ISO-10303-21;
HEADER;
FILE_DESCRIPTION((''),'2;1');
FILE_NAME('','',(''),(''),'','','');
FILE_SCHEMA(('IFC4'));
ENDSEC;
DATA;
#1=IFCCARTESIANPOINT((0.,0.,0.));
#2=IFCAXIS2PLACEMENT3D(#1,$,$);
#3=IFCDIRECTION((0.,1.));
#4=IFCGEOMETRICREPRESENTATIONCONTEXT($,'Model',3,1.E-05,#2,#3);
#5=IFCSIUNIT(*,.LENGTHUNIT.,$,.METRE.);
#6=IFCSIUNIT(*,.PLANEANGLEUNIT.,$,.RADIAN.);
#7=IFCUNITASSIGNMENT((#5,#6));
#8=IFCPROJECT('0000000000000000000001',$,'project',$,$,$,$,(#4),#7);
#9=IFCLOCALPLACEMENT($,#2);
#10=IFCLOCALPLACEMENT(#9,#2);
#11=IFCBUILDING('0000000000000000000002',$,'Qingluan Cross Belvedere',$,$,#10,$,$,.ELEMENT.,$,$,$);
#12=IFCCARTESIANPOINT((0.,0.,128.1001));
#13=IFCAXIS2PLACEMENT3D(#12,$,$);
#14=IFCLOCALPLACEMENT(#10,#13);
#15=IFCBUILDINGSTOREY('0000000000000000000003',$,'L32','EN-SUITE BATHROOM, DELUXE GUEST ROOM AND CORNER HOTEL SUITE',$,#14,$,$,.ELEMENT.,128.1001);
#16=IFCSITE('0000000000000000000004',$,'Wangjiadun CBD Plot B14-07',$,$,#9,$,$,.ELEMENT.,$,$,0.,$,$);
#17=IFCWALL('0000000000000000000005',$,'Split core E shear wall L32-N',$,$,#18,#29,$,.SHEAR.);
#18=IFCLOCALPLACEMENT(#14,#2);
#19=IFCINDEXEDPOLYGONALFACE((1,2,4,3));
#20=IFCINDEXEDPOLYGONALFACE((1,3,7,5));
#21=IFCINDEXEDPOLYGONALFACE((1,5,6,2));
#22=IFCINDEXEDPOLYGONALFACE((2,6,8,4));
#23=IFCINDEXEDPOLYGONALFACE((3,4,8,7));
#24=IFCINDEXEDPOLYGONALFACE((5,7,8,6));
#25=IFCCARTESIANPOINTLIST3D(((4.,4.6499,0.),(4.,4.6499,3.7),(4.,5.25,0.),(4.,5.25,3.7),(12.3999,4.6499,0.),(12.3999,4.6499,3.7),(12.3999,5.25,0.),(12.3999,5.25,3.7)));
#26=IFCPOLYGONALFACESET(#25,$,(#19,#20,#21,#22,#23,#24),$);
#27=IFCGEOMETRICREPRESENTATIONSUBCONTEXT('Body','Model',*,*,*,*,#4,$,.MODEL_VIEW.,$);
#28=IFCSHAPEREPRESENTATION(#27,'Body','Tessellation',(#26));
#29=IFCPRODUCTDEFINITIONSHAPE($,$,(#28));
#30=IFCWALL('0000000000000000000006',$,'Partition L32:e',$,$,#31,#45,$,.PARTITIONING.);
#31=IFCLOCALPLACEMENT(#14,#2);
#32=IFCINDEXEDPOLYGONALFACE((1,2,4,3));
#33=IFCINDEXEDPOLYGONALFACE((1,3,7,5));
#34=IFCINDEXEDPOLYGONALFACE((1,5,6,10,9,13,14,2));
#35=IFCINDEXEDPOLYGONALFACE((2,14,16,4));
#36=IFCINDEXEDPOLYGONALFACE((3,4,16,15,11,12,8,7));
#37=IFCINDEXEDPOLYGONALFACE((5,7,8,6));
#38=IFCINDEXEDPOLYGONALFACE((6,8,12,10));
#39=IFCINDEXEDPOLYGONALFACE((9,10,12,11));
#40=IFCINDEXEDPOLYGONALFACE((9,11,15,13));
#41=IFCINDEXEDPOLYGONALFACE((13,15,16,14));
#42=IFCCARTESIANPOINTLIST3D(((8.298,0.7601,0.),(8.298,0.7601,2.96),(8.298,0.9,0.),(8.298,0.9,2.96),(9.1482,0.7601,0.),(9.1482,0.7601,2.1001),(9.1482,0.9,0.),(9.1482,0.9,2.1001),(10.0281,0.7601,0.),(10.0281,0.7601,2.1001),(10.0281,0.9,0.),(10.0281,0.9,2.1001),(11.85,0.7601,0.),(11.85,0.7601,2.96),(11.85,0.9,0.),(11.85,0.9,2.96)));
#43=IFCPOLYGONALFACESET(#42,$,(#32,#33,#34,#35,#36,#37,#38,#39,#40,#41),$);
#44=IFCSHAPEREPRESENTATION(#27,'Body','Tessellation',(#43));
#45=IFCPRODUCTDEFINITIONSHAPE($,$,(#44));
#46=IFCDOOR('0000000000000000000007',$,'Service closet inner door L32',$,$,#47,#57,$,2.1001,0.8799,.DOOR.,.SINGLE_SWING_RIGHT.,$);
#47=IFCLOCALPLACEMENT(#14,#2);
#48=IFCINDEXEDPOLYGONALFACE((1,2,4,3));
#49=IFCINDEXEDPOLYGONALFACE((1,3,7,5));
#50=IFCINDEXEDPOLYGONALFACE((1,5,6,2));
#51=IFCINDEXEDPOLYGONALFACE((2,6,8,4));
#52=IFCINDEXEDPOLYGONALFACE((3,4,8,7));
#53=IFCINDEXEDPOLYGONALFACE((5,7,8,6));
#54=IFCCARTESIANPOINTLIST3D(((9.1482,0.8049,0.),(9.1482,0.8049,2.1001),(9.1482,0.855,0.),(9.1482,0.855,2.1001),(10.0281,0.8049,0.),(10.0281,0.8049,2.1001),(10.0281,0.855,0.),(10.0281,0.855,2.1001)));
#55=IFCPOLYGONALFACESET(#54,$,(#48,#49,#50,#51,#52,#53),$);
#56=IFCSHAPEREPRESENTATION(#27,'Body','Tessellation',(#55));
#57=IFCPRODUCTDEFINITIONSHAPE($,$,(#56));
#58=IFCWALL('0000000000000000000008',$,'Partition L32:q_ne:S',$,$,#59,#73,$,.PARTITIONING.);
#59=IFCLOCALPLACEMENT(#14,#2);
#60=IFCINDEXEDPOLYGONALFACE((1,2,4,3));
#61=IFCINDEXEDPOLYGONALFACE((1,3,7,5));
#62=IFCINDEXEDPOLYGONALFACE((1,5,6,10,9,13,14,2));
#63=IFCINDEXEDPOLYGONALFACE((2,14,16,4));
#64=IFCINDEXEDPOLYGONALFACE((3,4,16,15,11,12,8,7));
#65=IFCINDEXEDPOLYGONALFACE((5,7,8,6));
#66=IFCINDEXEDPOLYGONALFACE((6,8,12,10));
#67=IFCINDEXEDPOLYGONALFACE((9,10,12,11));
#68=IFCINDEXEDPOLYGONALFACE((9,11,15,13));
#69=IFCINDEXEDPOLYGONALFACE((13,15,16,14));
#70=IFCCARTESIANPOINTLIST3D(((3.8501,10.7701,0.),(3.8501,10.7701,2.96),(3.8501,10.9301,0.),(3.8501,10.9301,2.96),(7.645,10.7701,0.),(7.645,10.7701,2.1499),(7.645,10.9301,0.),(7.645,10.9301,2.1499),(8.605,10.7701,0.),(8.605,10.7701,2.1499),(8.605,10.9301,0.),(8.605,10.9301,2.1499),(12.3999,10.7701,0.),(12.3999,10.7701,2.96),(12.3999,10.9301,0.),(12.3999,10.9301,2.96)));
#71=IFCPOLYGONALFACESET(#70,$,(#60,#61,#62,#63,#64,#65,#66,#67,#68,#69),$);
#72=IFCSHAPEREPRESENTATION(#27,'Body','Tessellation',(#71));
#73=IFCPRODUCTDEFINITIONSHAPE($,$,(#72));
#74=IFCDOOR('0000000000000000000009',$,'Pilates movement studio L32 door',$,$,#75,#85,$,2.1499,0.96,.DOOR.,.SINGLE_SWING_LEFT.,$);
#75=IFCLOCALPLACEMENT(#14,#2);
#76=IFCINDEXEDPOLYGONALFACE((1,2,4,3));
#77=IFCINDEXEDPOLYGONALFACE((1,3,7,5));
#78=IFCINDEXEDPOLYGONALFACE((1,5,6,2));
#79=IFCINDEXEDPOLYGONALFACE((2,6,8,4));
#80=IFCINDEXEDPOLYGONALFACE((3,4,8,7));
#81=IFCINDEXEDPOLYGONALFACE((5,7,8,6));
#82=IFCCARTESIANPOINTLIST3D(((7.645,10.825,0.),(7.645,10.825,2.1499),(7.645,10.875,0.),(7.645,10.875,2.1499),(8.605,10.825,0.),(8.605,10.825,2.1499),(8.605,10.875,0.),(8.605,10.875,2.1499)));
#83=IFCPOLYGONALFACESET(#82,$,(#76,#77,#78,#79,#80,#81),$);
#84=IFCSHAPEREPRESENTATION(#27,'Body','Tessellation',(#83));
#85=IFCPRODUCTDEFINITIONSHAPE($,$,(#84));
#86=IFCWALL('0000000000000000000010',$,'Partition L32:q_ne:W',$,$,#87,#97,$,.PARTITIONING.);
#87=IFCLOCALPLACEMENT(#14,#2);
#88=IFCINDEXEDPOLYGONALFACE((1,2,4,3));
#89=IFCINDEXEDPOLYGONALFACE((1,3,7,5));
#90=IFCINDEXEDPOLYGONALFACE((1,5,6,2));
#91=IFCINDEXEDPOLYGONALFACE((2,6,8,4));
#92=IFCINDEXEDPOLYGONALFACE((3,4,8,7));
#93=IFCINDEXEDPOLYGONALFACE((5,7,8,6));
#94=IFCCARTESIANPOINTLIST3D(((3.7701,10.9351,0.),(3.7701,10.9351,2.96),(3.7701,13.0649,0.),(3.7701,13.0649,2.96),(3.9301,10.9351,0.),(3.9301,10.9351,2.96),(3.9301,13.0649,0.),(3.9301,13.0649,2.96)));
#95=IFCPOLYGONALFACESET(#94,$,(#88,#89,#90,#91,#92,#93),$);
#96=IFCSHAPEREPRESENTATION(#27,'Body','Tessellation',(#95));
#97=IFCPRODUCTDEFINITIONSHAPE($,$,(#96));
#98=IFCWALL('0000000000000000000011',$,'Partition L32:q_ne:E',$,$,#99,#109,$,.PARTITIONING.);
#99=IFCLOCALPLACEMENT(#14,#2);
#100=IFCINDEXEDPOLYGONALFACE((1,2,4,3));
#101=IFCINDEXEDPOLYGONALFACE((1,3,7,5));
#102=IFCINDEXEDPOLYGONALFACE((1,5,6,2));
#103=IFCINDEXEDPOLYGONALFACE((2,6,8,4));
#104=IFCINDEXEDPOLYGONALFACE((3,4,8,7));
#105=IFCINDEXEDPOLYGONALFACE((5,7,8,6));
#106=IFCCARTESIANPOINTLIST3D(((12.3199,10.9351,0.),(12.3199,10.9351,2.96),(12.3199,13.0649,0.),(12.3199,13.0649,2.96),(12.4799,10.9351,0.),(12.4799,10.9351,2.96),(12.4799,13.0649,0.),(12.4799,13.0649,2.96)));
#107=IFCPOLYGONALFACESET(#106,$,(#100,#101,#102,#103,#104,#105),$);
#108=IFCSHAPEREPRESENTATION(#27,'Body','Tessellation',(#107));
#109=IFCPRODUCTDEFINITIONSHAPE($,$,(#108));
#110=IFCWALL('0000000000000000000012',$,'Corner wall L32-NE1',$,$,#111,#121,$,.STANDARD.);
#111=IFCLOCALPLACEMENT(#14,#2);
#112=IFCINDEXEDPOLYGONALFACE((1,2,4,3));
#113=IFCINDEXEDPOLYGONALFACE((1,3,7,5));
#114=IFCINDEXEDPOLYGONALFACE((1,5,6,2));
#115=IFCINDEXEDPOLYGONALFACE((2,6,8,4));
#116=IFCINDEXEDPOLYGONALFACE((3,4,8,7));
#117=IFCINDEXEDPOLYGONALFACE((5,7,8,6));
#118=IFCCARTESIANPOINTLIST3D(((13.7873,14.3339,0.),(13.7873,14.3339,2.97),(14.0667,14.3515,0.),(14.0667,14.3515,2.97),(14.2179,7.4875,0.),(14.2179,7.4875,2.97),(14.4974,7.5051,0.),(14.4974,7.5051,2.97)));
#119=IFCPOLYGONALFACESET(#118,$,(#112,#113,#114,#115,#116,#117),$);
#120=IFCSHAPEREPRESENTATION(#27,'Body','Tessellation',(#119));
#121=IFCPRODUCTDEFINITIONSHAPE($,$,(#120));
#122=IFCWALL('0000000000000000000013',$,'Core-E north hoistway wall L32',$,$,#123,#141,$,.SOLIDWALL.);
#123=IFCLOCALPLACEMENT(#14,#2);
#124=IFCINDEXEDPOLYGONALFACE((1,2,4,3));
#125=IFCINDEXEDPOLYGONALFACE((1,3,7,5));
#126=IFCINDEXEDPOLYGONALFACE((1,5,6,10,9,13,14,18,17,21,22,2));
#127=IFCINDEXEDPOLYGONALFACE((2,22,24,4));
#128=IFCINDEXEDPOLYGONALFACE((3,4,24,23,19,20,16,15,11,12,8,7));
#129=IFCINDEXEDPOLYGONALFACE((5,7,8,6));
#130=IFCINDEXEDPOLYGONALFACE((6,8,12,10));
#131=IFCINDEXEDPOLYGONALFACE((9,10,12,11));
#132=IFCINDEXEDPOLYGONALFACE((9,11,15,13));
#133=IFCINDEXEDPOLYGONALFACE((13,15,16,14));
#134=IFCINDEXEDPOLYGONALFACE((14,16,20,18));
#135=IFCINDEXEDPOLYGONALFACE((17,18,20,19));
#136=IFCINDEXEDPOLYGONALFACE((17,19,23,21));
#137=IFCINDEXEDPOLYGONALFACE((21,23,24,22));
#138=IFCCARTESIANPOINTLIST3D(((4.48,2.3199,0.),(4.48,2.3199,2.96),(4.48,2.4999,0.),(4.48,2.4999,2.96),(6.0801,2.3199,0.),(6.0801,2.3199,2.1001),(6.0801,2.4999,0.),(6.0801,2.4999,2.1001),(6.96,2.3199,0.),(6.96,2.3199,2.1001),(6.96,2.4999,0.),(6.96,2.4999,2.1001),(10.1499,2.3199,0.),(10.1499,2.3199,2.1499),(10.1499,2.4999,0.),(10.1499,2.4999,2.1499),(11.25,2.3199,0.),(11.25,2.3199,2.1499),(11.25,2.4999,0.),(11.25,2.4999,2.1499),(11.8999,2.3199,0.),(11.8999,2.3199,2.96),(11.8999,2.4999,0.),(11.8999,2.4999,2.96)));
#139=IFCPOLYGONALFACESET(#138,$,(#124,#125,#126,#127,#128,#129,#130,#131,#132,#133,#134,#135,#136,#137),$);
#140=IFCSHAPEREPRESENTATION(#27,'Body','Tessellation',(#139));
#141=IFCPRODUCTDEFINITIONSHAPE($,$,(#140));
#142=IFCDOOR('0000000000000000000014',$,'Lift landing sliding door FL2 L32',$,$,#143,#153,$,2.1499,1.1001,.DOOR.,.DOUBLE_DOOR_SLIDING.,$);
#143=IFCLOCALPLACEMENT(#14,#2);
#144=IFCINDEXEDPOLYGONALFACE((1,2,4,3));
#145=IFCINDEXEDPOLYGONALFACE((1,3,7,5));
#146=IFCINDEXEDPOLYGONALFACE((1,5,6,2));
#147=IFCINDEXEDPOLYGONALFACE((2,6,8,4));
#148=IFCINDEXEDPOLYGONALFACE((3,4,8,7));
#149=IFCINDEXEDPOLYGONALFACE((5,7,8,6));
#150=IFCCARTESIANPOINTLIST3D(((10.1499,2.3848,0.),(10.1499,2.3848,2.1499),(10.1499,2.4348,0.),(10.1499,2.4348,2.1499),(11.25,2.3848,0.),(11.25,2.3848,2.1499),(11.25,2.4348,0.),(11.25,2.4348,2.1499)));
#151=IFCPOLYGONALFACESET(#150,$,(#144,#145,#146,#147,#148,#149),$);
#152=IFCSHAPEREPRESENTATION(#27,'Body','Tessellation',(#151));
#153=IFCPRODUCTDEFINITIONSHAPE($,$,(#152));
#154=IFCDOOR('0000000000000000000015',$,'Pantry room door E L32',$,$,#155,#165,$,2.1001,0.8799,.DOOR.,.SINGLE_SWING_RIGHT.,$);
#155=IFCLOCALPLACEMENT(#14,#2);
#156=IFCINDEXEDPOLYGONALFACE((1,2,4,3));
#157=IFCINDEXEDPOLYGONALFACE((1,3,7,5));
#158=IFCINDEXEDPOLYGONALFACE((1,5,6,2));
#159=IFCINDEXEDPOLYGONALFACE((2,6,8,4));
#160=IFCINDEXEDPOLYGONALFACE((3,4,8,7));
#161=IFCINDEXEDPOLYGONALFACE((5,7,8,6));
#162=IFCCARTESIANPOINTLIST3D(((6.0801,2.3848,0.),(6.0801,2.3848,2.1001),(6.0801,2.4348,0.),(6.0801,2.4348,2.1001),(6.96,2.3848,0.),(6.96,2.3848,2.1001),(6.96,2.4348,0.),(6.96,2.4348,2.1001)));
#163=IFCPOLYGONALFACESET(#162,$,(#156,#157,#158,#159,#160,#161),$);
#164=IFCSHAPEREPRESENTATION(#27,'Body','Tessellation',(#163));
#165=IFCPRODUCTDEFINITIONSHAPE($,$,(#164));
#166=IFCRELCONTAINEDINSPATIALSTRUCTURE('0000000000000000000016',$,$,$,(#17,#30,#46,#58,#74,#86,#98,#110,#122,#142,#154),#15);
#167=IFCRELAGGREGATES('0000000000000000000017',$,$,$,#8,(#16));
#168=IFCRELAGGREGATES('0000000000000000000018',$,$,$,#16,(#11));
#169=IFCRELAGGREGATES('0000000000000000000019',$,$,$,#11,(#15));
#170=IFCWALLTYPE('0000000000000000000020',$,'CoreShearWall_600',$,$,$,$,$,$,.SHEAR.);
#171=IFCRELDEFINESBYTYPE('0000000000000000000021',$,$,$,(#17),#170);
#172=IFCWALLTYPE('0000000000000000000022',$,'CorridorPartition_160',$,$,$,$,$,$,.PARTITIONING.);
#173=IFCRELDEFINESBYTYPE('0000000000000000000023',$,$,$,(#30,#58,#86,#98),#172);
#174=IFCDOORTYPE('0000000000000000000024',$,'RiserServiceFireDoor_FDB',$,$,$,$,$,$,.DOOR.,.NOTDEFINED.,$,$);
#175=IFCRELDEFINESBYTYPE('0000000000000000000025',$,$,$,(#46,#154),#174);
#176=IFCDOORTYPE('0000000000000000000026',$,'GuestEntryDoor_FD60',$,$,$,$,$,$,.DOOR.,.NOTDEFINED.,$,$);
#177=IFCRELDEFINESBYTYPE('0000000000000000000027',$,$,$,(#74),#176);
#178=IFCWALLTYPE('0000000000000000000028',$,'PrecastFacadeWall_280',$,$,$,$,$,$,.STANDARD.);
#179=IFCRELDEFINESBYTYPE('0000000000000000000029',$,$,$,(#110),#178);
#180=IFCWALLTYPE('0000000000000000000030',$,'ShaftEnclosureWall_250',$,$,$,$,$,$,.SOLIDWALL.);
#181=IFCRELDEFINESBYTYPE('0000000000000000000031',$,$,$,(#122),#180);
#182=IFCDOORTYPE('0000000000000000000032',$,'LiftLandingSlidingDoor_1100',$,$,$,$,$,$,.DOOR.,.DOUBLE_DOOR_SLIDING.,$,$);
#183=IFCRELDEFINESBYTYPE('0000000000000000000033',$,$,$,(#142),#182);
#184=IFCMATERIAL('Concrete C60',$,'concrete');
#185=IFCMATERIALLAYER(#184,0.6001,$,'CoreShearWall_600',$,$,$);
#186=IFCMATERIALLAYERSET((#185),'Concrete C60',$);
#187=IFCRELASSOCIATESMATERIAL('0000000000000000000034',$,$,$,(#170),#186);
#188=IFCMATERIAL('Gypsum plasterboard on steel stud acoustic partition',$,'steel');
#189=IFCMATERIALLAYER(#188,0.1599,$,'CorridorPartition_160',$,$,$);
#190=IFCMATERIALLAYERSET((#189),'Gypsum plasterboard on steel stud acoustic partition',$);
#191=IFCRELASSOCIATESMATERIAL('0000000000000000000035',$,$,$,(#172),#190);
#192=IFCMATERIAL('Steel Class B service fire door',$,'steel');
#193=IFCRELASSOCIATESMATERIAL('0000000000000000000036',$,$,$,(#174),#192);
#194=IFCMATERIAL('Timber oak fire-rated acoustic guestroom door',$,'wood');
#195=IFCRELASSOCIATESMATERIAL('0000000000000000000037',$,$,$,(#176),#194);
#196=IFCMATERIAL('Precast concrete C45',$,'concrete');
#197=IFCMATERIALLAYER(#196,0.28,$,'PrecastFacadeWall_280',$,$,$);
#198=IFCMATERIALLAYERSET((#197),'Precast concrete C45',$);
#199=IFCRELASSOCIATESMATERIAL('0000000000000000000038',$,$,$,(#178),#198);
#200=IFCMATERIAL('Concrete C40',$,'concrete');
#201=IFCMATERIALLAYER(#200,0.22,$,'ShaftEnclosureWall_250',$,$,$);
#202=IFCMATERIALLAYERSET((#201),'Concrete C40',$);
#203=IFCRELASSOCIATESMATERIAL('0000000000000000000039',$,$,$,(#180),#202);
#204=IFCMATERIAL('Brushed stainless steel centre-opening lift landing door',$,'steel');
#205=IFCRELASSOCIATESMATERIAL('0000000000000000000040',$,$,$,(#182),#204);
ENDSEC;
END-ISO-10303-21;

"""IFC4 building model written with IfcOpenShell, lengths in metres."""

from ifc_helpers import new_model, si_unit, direction, frame, frame_2d, origin, place, context, subcontext, project, spatial, rectangle, extrude, material, layer, layer_set, type_object, element, fill, save


model = new_model("IFC4")

# Units and contexts
model_context = context("Model", 3, precision=1e-05, world=origin(), true_north=direction((0.0, 1.0)))
body_context = subcontext(model_context, "Body", "Model", "MODEL_VIEW")
ifc_project = project(units=[si_unit("LENGTHUNIT", "METRE"), si_unit("PLANEANGLEUNIT", "RADIAN")], contexts=[model_context])

# Site, building, storey
site_placement = place(None, origin())
site = spatial("IfcSite", under=ifc_project, at=site_placement, Name="Wangjiadun CBD Plot B14-07", CompositionType="ELEMENT", RefElevation=0.0)
building_placement = place(site_placement, origin())
building = spatial("IfcBuilding", under=site, at=building_placement, Name="Qingluan Cross Belvedere", CompositionType="ELEMENT")
storey_placement = place(building_placement, frame((0.0, 0.0, 128.1001)))
storey = spatial("IfcBuildingStorey", under=building, at=storey_placement, Name="L32", Description="EN-SUITE BATHROOM, DELUXE GUEST ROOM AND CORNER HOTEL SUITE", CompositionType="ELEMENT", Elevation=128.1001)

# Wall
ifc_material_1 = material(Name="Concrete C60", Category="concrete")
ifc_layer_1 = layer(ifc_material_1, 0.6001, Name="CoreShearWall_600")
ifc_layer_set_1 = layer_set([ifc_layer_1], Name="Concrete C60")
wall_type_1 = type_object("IfcWallType", Name="CoreShearWall_600", PredefinedType="SHEAR", material=ifc_layer_set_1)
wall_1_placement = place(storey_placement, frame((4.0, 4.95, 0.0), z_axis=(0.0, 0.0, 1.0), x_axis=(1.0, 0.0, 0.0)))
element("IfcWall", 1, at=wall_1_placement, inside=storey, type_object=wall_type_1, Name="Split core E shear wall L32-N", PredefinedType="SHEAR", context=body_context, shape_type="SweptSolid", body=[
    extrude(rectangle(XDim=8.3999, YDim=0.6001, at=frame_2d((4.2, 0.0))), origin(), (0.0, 0.0, 1.0), 3.7),
])

# Walls, openings, doors
ifc_material_2 = material(Name="Gypsum plasterboard on steel stud acoustic partition", Category="steel")
ifc_layer_2 = layer(ifc_material_2, 0.1599, Name="CorridorPartition_160")
ifc_layer_set_2 = layer_set([ifc_layer_2], Name="Gypsum plasterboard on steel stud acoustic partition")
wall_type_2 = type_object("IfcWallType", Name="CorridorPartition_160", PredefinedType="PARTITIONING", material=ifc_layer_set_2)
wall_2_placement = place(storey_placement, frame((8.2981, 0.8301, 0.0), z_axis=(0.0, 0.0, 1.0), x_axis=(1.0, 0.0, 0.0)))
wall_2 = element("IfcWall", 2, at=wall_2_placement, inside=storey, type_object=wall_type_2, Name="Partition L32:e", PredefinedType="PARTITIONING", context=body_context, shape_type="SweptSolid", body=[
    extrude(rectangle(XDim=3.552, YDim=0.1399, at=frame_2d((1.7759, 0.0))), origin(), (0.0, 0.0, 1.0), 2.96),
])
opening_1_placement = place(wall_2_placement, frame((0.8501, 0.0, 0.0)))
opening_1 = element("IfcOpeningElement", 3, at=opening_1_placement, cuts=wall_2, PredefinedType="OPENING", context=body_context, shape_type="SweptSolid", body=[
    extrude(rectangle(XDim=0.8799, YDim=2.1001, at=frame_2d((0.4399, 1.05))), frame((0.0, 0.0798, 0.0), z_axis=(0.0, -1.0, 0.0), x_axis=(1.0, 0.0, 0.0)), (0.0, 0.0, 1.0), 0.1599),
])
ifc_material_3 = material(Name="Steel Class B service fire door", Category="steel")
door_type_1 = type_object("IfcDoorType", Name="RiserServiceFireDoor_FDB", OperationType="NOTDEFINED", PredefinedType="DOOR", material=ifc_material_3)
door_1_placement = place(opening_1_placement, origin())
door_1 = element("IfcDoor", 4, at=door_1_placement, inside=storey, type_object=door_type_1, Name="Service closet inner door L32", OperationType="SINGLE_SWING_RIGHT", OverallHeight=2.1001, OverallWidth=0.8799, PredefinedType="DOOR", context=body_context, shape_type="SweptSolid", body=[
    extrude(rectangle(XDim=0.8799, YDim=2.1001, at=frame_2d((0.4399, 1.05))), frame((0.0, 0.0249, 0.0), z_axis=(0.0, -1.0, 0.0), x_axis=(1.0, 0.0, 0.0)), (0.0, 0.0, 1.0), 0.05),
])
fill(opening_1, door_1)
wall_3_placement = place(storey_placement, frame((3.8501, 10.8501, 0.0), z_axis=(0.0, 0.0, 1.0), x_axis=(1.0, 0.0, 0.0)))
wall_3 = element("IfcWall", 5, at=wall_3_placement, inside=storey, type_object=wall_type_2, Name="Partition L32:q_ne:S", PredefinedType="PARTITIONING", context=body_context, shape_type="SweptSolid", body=[
    extrude(rectangle(XDim=8.5498, YDim=0.1599, at=frame_2d((4.2749, 0.0))), origin(), (0.0, 0.0, 1.0), 2.96),
])
opening_2_placement = place(wall_3_placement, frame((3.7949, 0.0, 0.0)))
opening_2 = element("IfcOpeningElement", 6, at=opening_2_placement, cuts=wall_3, PredefinedType="OPENING", context=body_context, shape_type="SweptSolid", body=[
    extrude(rectangle(XDim=0.96, YDim=2.1499, at=frame_2d((0.48, 1.075))), frame((0.0, 0.0898, 0.0), z_axis=(0.0, -1.0, 0.0), x_axis=(1.0, 0.0, 0.0)), (0.0, 0.0, 1.0), 0.1799),
])
ifc_material_4 = material(Name="Timber oak fire-rated acoustic guestroom door", Category="wood")
door_type_2 = type_object("IfcDoorType", Name="GuestEntryDoor_FD60", OperationType="NOTDEFINED", PredefinedType="DOOR", material=ifc_material_4)
door_2_placement = place(opening_2_placement, origin())
door_2 = element("IfcDoor", 7, at=door_2_placement, inside=storey, type_object=door_type_2, Name="Pilates movement studio L32 door", OperationType="SINGLE_SWING_LEFT", OverallHeight=2.1499, OverallWidth=0.96, PredefinedType="DOOR", context=body_context, shape_type="SweptSolid", body=[
    extrude(rectangle(XDim=0.96, YDim=2.1499, at=frame_2d((0.48, 1.075))), frame((0.0, 0.0249, 0.0), z_axis=(0.0, -1.0, 0.0), x_axis=(1.0, 0.0, 0.0)), (0.0, 0.0, 1.0), 0.05),
])
fill(opening_2, door_2)

# Walls
for number, where, z_axis, x_axis, name in (
    (8, (3.8501, 10.9351, 0.0), (0.0, 0.0, 1.0), (0.0, 1.0, 0.0), "Partition L32:q_ne:W"),
    (9, (12.3999, 10.9351, 0.0), (0.0, 0.0, 1.0), (0.0, 1.0, 0.0), "Partition L32:q_ne:E"),
):
    element("IfcWall", number, at=place(storey_placement, frame(where, z_axis=z_axis, x_axis=x_axis)), inside=storey, type_object=wall_type_2, Name=name, PredefinedType="PARTITIONING", context=body_context, shape_type="SweptSolid", body=[
        extrude(rectangle(XDim=2.1299, YDim=0.1599, at=frame_2d((1.0649, 0.0))), origin(), (0.0, 0.0, 1.0), 2.96),
    ])
ifc_material_5 = material(Name="Precast concrete C45", Category="concrete")
ifc_layer_3 = layer(ifc_material_5, 0.28, Name="PrecastFacadeWall_280")
ifc_layer_set_3 = layer_set([ifc_layer_3], Name="Precast concrete C45")
wall_type_3 = type_object("IfcWallType", Name="PrecastFacadeWall_280", PredefinedType="STANDARD", material=ifc_layer_set_3)
wall_4_placement = place(storey_placement, frame((14.3577, 7.4963, 0.0), z_axis=(0.0, 0.0, 1.0), x_axis=(-0.062779, 0.998027, 0.0)))
element("IfcWall", 10, at=wall_4_placement, inside=storey, type_object=wall_type_3, Name="Corner wall L32-NE1", PredefinedType="STANDARD", context=body_context, shape_type="SweptSolid", body=[
    extrude(rectangle(XDim=6.8599, YDim=0.28, at=frame_2d((3.4299, 0.0))), origin(), (0.0, 0.0, 1.0), 2.97),
])

# Wall, openings, doors
ifc_material_6 = material(Name="Concrete C40", Category="concrete")
ifc_layer_4 = layer(ifc_material_6, 0.22, Name="ShaftEnclosureWall_250")
ifc_layer_set_4 = layer_set([ifc_layer_4], Name="Concrete C40")
wall_type_4 = type_object("IfcWallType", Name="ShaftEnclosureWall_250", PredefinedType="SOLIDWALL", material=ifc_layer_set_4)
wall_5_placement = place(storey_placement, frame((4.48, 2.4099, 0.0), z_axis=(0.0, 0.0, 1.0), x_axis=(1.0, 0.0, 0.0)))
wall_5 = element("IfcWall", 11, at=wall_5_placement, inside=storey, type_object=wall_type_4, Name="Core-E north hoistway wall L32", PredefinedType="SOLIDWALL", context=body_context, shape_type="SweptSolid", body=[
    extrude(rectangle(XDim=7.4199, YDim=0.1799, at=frame_2d((3.71, 0.0))), origin(), (0.0, 0.0, 1.0), 2.96),
])
opening_3_placement = place(wall_5_placement, frame((5.6699, 0.0, 0.0)))
opening_3 = element("IfcOpeningElement", 12, at=opening_3_placement, cuts=wall_5, PredefinedType="OPENING", context=body_context, shape_type="SweptSolid", body=[
    extrude(rectangle(XDim=1.1001, YDim=2.1499, at=frame_2d((0.55, 1.075))), frame((0.0, 0.0999, 0.0), z_axis=(0.0, -1.0, 0.0), x_axis=(1.0, 0.0, 0.0)), (0.0, 0.0, 1.0), 0.2),
])
opening_4_placement = place(wall_5_placement, frame((1.6001, 0.0, 0.0)))
opening_4 = element("IfcOpeningElement", 13, at=opening_4_placement, cuts=wall_5, PredefinedType="OPENING", context=body_context, shape_type="SweptSolid", body=[
    extrude(rectangle(XDim=0.8799, YDim=2.1001, at=frame_2d((0.4399, 1.05))), frame((0.0, 0.0999, 0.0), z_axis=(0.0, -1.0, 0.0), x_axis=(1.0, 0.0, 0.0)), (0.0, 0.0, 1.0), 0.2),
])
ifc_material_7 = material(Name="Brushed stainless steel centre-opening lift landing door", Category="steel")
door_type_3 = type_object("IfcDoorType", Name="LiftLandingSlidingDoor_1100", OperationType="DOUBLE_DOOR_SLIDING", PredefinedType="DOOR", material=ifc_material_7)
door_3_placement = place(opening_3_placement, origin())
door_3 = element("IfcDoor", 14, at=door_3_placement, inside=storey, type_object=door_type_3, Name="Lift landing sliding door FL2 L32", OperationType="DOUBLE_DOOR_SLIDING", OverallHeight=2.1499, OverallWidth=1.1001, PredefinedType="DOOR", context=body_context, shape_type="SweptSolid", body=[
    extrude(rectangle(XDim=1.1001, YDim=2.1499, at=frame_2d((0.55, 1.075))), frame((0.0, 0.0249, 0.0), z_axis=(0.0, -1.0, 0.0), x_axis=(1.0, 0.0, 0.0)), (0.0, 0.0, 1.0), 0.05),
])
fill(opening_3, door_3)
door_4_placement = place(opening_4_placement, origin())
door_4 = element("IfcDoor", 15, at=door_4_placement, inside=storey, type_object=door_type_1, Name="Pantry room door E L32", OperationType="SINGLE_SWING_RIGHT", OverallHeight=2.1001, OverallWidth=0.8799, PredefinedType="DOOR", context=body_context, shape_type="SweptSolid", body=[
    extrude(rectangle(XDim=0.8799, YDim=2.1001, at=frame_2d((0.4399, 1.05))), frame((0.0, 0.0249, 0.0), z_axis=(0.0, -1.0, 0.0), x_axis=(1.0, 0.0, 0.0)), (0.0, 0.0, 1.0), 0.05),
])
fill(opening_4, door_4)

save(model, "model.ifc")
